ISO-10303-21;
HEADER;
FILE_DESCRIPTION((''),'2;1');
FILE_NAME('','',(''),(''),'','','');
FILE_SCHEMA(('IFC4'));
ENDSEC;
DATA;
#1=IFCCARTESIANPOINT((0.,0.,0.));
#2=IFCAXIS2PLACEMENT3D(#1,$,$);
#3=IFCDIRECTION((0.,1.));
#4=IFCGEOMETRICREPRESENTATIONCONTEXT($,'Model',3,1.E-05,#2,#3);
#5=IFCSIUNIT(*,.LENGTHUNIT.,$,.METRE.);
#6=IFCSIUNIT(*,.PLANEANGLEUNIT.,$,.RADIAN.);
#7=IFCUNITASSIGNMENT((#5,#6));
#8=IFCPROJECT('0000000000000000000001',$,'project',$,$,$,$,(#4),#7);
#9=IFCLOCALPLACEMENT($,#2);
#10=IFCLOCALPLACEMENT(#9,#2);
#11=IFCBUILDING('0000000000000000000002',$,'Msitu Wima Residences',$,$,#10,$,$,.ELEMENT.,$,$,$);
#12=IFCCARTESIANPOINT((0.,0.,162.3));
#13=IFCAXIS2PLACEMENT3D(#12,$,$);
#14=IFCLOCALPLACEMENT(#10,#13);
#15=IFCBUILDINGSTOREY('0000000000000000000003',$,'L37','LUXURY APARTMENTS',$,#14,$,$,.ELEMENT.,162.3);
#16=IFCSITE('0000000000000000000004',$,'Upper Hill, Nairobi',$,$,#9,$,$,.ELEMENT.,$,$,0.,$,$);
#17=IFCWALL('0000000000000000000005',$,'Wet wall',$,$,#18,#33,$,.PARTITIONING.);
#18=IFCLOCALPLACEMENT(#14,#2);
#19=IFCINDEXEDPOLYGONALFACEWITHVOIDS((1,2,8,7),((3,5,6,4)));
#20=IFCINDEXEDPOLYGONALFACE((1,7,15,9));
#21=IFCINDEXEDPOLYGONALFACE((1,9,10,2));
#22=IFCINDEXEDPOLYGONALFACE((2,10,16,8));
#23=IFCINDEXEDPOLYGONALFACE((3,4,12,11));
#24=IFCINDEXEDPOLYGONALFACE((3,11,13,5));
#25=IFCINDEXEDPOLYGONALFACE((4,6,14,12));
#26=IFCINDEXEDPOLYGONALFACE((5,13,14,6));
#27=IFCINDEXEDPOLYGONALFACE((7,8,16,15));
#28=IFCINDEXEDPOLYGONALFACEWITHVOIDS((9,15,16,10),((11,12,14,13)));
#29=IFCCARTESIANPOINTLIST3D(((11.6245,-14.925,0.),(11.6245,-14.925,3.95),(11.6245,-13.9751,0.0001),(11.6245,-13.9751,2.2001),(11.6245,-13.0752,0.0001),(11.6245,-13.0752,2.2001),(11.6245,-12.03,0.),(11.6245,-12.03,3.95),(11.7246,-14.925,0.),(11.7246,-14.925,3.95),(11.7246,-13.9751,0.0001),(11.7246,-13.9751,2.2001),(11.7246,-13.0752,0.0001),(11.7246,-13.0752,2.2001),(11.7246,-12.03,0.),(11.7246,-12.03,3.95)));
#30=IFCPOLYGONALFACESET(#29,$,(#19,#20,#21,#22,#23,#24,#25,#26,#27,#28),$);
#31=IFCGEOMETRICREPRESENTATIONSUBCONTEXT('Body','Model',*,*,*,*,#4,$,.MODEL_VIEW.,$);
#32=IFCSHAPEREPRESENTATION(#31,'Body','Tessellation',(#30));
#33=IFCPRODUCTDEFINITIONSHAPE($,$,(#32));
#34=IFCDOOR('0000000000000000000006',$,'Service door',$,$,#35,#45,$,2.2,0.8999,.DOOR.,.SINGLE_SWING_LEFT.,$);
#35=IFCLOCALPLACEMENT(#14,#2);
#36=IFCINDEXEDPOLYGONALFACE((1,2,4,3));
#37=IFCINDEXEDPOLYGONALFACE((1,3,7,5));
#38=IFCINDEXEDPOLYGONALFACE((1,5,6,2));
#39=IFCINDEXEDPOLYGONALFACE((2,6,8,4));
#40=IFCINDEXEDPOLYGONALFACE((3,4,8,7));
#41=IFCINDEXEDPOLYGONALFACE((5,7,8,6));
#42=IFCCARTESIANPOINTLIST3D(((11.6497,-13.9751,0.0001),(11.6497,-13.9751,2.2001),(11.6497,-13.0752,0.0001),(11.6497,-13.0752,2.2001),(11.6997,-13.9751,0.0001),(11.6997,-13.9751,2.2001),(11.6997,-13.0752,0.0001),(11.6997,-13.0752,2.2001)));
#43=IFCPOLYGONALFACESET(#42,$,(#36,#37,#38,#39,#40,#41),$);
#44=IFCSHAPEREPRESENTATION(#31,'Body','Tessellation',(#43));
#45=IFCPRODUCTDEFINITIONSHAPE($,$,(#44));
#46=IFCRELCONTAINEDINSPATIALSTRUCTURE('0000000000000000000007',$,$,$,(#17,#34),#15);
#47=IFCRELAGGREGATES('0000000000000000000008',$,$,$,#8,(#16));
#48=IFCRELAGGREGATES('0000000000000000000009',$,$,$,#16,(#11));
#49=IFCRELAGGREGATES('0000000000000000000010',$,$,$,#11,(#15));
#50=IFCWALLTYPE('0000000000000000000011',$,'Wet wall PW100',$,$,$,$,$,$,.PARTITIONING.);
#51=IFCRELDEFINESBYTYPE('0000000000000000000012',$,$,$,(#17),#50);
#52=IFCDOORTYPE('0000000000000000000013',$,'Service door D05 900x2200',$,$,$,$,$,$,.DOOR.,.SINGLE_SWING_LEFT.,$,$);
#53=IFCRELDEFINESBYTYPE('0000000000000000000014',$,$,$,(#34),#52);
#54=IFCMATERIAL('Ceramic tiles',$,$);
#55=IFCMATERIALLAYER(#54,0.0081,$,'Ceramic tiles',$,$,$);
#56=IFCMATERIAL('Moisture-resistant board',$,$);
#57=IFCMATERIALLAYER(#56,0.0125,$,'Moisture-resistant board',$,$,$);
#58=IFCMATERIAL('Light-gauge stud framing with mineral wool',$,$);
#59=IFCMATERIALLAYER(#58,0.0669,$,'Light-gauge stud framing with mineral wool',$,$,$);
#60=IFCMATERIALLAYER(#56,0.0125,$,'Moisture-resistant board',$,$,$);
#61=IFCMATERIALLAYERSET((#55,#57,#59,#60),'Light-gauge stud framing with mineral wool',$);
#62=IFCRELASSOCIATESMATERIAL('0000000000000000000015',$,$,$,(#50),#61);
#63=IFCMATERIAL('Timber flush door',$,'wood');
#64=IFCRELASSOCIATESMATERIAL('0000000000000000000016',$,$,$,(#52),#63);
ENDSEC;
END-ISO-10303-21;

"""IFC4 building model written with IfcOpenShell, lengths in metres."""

from ifc_helpers import new_model, si_unit, direction, frame, frame_2d, origin, place, context, subcontext, project, spatial, rectangle, extrude, material, layer, layer_set, type_object, element, fill, save


model = new_model("IFC4")

# Units and contexts
model_context = context("Model", 3, precision=1e-05, world=origin(), true_north=direction((0.0, 1.0)))
body_context = subcontext(model_context, "Body", "Model", "MODEL_VIEW")
ifc_project = project(units=[si_unit("LENGTHUNIT", "METRE"), si_unit("PLANEANGLEUNIT", "RADIAN")], contexts=[model_context])

# Site, building, storey
site_placement = place(None, origin())
site = spatial("IfcSite", under=ifc_project, at=site_placement, Name="Upper Hill, Nairobi", CompositionType="ELEMENT", RefElevation=0.0)
building_placement = place(site_placement, origin())
building = spatial("IfcBuilding", under=site, at=building_placement, Name="Msitu Wima Residences", CompositionType="ELEMENT")
storey_placement = place(building_placement, frame((0.0, 0.0, 162.3)))
storey = spatial("IfcBuildingStorey", under=building, at=storey_placement, Name="L37", Description="LUXURY APARTMENTS", CompositionType="ELEMENT", Elevation=162.3)

# Shared definitions
ifc_material_1 = material(Name="Timber flush door", Category="wood")

# Shared definitions
ifc_material_2 = material(Name="Ceramic tiles")
ifc_layer_1 = layer(ifc_material_2, 0.0081, Name="Ceramic tiles")
ifc_material_3 = material(Name="Moisture-resistant board")
ifc_layer_2 = layer(ifc_material_3, 0.0125, Name="Moisture-resistant board")
ifc_material_4 = material(Name="Light-gauge stud framing with mineral wool")
ifc_layer_3 = layer(ifc_material_4, 0.0669, Name="Light-gauge stud framing with mineral wool")
ifc_layer_4 = layer(ifc_material_3, 0.0125, Name="Moisture-resistant board")
ifc_layer_set_1 = layer_set([ifc_layer_1, ifc_layer_2, ifc_layer_3, ifc_layer_4], Name="Light-gauge stud framing with mineral wool")
wall_type_1 = type_object("IfcWallType", Name="Wet wall PW100", PredefinedType="PARTITIONING", material=ifc_layer_set_1)

# Wall, opening, door
wall_1_placement = place(storey_placement, frame((11.6746, -14.925, 0.0), z_axis=(0.0, 0.0, 1.0), x_axis=(0.0, 1.0, 0.0)))
wall_1 = element("IfcWall", 1, at=wall_1_placement, inside=storey, type_object=wall_type_1, Name="Wet wall", PredefinedType="PARTITIONING", context=body_context, shape_type="SweptSolid", body=[
    extrude(rectangle(XDim=2.895, YDim=0.1001, at=frame_2d((1.4475, 0.0))), origin(), (0.0, 0.0, 1.0), 3.95),
])
opening_1_placement = place(wall_1_placement, frame((0.95, 0.0, 0.0)))
opening_1 = element("IfcOpeningElement", 2, at=opening_1_placement, cuts=wall_1, PredefinedType="OPENING", context=body_context, shape_type="SweptSolid", body=[
    extrude(rectangle(XDim=0.8999, YDim=2.2, at=frame_2d((0.45, 1.1001))), frame((0.0, 0.0601, 0.0), z_axis=(0.0, -1.0, 0.0), x_axis=(1.0, 0.0, 0.0)), (0.0, 0.0, 1.0), 0.1201),
])
door_type_1 = type_object("IfcDoorType", Name="Service door D05 900x2200", OperationType="SINGLE_SWING_LEFT", PredefinedType="DOOR", material=ifc_material_1)
door_1_placement = place(opening_1_placement, origin())
door_1 = element("IfcDoor", 3, at=door_1_placement, inside=storey, type_object=door_type_1, Name="Service door", OperationType="SINGLE_SWING_LEFT", OverallHeight=2.2, OverallWidth=0.8999, PredefinedType="DOOR", context=body_context, shape_type="SweptSolid", body=[
    extrude(rectangle(XDim=0.8999, YDim=2.2, at=frame_2d((0.45, 1.1001))), frame((0.0, 0.0249, 0.0), z_axis=(0.0, -1.0, 0.0), x_axis=(1.0, 0.0, 0.0)), (0.0, 0.0, 1.0), 0.05),
])
fill(opening_1, door_1)

save(model, "model.ifc")
